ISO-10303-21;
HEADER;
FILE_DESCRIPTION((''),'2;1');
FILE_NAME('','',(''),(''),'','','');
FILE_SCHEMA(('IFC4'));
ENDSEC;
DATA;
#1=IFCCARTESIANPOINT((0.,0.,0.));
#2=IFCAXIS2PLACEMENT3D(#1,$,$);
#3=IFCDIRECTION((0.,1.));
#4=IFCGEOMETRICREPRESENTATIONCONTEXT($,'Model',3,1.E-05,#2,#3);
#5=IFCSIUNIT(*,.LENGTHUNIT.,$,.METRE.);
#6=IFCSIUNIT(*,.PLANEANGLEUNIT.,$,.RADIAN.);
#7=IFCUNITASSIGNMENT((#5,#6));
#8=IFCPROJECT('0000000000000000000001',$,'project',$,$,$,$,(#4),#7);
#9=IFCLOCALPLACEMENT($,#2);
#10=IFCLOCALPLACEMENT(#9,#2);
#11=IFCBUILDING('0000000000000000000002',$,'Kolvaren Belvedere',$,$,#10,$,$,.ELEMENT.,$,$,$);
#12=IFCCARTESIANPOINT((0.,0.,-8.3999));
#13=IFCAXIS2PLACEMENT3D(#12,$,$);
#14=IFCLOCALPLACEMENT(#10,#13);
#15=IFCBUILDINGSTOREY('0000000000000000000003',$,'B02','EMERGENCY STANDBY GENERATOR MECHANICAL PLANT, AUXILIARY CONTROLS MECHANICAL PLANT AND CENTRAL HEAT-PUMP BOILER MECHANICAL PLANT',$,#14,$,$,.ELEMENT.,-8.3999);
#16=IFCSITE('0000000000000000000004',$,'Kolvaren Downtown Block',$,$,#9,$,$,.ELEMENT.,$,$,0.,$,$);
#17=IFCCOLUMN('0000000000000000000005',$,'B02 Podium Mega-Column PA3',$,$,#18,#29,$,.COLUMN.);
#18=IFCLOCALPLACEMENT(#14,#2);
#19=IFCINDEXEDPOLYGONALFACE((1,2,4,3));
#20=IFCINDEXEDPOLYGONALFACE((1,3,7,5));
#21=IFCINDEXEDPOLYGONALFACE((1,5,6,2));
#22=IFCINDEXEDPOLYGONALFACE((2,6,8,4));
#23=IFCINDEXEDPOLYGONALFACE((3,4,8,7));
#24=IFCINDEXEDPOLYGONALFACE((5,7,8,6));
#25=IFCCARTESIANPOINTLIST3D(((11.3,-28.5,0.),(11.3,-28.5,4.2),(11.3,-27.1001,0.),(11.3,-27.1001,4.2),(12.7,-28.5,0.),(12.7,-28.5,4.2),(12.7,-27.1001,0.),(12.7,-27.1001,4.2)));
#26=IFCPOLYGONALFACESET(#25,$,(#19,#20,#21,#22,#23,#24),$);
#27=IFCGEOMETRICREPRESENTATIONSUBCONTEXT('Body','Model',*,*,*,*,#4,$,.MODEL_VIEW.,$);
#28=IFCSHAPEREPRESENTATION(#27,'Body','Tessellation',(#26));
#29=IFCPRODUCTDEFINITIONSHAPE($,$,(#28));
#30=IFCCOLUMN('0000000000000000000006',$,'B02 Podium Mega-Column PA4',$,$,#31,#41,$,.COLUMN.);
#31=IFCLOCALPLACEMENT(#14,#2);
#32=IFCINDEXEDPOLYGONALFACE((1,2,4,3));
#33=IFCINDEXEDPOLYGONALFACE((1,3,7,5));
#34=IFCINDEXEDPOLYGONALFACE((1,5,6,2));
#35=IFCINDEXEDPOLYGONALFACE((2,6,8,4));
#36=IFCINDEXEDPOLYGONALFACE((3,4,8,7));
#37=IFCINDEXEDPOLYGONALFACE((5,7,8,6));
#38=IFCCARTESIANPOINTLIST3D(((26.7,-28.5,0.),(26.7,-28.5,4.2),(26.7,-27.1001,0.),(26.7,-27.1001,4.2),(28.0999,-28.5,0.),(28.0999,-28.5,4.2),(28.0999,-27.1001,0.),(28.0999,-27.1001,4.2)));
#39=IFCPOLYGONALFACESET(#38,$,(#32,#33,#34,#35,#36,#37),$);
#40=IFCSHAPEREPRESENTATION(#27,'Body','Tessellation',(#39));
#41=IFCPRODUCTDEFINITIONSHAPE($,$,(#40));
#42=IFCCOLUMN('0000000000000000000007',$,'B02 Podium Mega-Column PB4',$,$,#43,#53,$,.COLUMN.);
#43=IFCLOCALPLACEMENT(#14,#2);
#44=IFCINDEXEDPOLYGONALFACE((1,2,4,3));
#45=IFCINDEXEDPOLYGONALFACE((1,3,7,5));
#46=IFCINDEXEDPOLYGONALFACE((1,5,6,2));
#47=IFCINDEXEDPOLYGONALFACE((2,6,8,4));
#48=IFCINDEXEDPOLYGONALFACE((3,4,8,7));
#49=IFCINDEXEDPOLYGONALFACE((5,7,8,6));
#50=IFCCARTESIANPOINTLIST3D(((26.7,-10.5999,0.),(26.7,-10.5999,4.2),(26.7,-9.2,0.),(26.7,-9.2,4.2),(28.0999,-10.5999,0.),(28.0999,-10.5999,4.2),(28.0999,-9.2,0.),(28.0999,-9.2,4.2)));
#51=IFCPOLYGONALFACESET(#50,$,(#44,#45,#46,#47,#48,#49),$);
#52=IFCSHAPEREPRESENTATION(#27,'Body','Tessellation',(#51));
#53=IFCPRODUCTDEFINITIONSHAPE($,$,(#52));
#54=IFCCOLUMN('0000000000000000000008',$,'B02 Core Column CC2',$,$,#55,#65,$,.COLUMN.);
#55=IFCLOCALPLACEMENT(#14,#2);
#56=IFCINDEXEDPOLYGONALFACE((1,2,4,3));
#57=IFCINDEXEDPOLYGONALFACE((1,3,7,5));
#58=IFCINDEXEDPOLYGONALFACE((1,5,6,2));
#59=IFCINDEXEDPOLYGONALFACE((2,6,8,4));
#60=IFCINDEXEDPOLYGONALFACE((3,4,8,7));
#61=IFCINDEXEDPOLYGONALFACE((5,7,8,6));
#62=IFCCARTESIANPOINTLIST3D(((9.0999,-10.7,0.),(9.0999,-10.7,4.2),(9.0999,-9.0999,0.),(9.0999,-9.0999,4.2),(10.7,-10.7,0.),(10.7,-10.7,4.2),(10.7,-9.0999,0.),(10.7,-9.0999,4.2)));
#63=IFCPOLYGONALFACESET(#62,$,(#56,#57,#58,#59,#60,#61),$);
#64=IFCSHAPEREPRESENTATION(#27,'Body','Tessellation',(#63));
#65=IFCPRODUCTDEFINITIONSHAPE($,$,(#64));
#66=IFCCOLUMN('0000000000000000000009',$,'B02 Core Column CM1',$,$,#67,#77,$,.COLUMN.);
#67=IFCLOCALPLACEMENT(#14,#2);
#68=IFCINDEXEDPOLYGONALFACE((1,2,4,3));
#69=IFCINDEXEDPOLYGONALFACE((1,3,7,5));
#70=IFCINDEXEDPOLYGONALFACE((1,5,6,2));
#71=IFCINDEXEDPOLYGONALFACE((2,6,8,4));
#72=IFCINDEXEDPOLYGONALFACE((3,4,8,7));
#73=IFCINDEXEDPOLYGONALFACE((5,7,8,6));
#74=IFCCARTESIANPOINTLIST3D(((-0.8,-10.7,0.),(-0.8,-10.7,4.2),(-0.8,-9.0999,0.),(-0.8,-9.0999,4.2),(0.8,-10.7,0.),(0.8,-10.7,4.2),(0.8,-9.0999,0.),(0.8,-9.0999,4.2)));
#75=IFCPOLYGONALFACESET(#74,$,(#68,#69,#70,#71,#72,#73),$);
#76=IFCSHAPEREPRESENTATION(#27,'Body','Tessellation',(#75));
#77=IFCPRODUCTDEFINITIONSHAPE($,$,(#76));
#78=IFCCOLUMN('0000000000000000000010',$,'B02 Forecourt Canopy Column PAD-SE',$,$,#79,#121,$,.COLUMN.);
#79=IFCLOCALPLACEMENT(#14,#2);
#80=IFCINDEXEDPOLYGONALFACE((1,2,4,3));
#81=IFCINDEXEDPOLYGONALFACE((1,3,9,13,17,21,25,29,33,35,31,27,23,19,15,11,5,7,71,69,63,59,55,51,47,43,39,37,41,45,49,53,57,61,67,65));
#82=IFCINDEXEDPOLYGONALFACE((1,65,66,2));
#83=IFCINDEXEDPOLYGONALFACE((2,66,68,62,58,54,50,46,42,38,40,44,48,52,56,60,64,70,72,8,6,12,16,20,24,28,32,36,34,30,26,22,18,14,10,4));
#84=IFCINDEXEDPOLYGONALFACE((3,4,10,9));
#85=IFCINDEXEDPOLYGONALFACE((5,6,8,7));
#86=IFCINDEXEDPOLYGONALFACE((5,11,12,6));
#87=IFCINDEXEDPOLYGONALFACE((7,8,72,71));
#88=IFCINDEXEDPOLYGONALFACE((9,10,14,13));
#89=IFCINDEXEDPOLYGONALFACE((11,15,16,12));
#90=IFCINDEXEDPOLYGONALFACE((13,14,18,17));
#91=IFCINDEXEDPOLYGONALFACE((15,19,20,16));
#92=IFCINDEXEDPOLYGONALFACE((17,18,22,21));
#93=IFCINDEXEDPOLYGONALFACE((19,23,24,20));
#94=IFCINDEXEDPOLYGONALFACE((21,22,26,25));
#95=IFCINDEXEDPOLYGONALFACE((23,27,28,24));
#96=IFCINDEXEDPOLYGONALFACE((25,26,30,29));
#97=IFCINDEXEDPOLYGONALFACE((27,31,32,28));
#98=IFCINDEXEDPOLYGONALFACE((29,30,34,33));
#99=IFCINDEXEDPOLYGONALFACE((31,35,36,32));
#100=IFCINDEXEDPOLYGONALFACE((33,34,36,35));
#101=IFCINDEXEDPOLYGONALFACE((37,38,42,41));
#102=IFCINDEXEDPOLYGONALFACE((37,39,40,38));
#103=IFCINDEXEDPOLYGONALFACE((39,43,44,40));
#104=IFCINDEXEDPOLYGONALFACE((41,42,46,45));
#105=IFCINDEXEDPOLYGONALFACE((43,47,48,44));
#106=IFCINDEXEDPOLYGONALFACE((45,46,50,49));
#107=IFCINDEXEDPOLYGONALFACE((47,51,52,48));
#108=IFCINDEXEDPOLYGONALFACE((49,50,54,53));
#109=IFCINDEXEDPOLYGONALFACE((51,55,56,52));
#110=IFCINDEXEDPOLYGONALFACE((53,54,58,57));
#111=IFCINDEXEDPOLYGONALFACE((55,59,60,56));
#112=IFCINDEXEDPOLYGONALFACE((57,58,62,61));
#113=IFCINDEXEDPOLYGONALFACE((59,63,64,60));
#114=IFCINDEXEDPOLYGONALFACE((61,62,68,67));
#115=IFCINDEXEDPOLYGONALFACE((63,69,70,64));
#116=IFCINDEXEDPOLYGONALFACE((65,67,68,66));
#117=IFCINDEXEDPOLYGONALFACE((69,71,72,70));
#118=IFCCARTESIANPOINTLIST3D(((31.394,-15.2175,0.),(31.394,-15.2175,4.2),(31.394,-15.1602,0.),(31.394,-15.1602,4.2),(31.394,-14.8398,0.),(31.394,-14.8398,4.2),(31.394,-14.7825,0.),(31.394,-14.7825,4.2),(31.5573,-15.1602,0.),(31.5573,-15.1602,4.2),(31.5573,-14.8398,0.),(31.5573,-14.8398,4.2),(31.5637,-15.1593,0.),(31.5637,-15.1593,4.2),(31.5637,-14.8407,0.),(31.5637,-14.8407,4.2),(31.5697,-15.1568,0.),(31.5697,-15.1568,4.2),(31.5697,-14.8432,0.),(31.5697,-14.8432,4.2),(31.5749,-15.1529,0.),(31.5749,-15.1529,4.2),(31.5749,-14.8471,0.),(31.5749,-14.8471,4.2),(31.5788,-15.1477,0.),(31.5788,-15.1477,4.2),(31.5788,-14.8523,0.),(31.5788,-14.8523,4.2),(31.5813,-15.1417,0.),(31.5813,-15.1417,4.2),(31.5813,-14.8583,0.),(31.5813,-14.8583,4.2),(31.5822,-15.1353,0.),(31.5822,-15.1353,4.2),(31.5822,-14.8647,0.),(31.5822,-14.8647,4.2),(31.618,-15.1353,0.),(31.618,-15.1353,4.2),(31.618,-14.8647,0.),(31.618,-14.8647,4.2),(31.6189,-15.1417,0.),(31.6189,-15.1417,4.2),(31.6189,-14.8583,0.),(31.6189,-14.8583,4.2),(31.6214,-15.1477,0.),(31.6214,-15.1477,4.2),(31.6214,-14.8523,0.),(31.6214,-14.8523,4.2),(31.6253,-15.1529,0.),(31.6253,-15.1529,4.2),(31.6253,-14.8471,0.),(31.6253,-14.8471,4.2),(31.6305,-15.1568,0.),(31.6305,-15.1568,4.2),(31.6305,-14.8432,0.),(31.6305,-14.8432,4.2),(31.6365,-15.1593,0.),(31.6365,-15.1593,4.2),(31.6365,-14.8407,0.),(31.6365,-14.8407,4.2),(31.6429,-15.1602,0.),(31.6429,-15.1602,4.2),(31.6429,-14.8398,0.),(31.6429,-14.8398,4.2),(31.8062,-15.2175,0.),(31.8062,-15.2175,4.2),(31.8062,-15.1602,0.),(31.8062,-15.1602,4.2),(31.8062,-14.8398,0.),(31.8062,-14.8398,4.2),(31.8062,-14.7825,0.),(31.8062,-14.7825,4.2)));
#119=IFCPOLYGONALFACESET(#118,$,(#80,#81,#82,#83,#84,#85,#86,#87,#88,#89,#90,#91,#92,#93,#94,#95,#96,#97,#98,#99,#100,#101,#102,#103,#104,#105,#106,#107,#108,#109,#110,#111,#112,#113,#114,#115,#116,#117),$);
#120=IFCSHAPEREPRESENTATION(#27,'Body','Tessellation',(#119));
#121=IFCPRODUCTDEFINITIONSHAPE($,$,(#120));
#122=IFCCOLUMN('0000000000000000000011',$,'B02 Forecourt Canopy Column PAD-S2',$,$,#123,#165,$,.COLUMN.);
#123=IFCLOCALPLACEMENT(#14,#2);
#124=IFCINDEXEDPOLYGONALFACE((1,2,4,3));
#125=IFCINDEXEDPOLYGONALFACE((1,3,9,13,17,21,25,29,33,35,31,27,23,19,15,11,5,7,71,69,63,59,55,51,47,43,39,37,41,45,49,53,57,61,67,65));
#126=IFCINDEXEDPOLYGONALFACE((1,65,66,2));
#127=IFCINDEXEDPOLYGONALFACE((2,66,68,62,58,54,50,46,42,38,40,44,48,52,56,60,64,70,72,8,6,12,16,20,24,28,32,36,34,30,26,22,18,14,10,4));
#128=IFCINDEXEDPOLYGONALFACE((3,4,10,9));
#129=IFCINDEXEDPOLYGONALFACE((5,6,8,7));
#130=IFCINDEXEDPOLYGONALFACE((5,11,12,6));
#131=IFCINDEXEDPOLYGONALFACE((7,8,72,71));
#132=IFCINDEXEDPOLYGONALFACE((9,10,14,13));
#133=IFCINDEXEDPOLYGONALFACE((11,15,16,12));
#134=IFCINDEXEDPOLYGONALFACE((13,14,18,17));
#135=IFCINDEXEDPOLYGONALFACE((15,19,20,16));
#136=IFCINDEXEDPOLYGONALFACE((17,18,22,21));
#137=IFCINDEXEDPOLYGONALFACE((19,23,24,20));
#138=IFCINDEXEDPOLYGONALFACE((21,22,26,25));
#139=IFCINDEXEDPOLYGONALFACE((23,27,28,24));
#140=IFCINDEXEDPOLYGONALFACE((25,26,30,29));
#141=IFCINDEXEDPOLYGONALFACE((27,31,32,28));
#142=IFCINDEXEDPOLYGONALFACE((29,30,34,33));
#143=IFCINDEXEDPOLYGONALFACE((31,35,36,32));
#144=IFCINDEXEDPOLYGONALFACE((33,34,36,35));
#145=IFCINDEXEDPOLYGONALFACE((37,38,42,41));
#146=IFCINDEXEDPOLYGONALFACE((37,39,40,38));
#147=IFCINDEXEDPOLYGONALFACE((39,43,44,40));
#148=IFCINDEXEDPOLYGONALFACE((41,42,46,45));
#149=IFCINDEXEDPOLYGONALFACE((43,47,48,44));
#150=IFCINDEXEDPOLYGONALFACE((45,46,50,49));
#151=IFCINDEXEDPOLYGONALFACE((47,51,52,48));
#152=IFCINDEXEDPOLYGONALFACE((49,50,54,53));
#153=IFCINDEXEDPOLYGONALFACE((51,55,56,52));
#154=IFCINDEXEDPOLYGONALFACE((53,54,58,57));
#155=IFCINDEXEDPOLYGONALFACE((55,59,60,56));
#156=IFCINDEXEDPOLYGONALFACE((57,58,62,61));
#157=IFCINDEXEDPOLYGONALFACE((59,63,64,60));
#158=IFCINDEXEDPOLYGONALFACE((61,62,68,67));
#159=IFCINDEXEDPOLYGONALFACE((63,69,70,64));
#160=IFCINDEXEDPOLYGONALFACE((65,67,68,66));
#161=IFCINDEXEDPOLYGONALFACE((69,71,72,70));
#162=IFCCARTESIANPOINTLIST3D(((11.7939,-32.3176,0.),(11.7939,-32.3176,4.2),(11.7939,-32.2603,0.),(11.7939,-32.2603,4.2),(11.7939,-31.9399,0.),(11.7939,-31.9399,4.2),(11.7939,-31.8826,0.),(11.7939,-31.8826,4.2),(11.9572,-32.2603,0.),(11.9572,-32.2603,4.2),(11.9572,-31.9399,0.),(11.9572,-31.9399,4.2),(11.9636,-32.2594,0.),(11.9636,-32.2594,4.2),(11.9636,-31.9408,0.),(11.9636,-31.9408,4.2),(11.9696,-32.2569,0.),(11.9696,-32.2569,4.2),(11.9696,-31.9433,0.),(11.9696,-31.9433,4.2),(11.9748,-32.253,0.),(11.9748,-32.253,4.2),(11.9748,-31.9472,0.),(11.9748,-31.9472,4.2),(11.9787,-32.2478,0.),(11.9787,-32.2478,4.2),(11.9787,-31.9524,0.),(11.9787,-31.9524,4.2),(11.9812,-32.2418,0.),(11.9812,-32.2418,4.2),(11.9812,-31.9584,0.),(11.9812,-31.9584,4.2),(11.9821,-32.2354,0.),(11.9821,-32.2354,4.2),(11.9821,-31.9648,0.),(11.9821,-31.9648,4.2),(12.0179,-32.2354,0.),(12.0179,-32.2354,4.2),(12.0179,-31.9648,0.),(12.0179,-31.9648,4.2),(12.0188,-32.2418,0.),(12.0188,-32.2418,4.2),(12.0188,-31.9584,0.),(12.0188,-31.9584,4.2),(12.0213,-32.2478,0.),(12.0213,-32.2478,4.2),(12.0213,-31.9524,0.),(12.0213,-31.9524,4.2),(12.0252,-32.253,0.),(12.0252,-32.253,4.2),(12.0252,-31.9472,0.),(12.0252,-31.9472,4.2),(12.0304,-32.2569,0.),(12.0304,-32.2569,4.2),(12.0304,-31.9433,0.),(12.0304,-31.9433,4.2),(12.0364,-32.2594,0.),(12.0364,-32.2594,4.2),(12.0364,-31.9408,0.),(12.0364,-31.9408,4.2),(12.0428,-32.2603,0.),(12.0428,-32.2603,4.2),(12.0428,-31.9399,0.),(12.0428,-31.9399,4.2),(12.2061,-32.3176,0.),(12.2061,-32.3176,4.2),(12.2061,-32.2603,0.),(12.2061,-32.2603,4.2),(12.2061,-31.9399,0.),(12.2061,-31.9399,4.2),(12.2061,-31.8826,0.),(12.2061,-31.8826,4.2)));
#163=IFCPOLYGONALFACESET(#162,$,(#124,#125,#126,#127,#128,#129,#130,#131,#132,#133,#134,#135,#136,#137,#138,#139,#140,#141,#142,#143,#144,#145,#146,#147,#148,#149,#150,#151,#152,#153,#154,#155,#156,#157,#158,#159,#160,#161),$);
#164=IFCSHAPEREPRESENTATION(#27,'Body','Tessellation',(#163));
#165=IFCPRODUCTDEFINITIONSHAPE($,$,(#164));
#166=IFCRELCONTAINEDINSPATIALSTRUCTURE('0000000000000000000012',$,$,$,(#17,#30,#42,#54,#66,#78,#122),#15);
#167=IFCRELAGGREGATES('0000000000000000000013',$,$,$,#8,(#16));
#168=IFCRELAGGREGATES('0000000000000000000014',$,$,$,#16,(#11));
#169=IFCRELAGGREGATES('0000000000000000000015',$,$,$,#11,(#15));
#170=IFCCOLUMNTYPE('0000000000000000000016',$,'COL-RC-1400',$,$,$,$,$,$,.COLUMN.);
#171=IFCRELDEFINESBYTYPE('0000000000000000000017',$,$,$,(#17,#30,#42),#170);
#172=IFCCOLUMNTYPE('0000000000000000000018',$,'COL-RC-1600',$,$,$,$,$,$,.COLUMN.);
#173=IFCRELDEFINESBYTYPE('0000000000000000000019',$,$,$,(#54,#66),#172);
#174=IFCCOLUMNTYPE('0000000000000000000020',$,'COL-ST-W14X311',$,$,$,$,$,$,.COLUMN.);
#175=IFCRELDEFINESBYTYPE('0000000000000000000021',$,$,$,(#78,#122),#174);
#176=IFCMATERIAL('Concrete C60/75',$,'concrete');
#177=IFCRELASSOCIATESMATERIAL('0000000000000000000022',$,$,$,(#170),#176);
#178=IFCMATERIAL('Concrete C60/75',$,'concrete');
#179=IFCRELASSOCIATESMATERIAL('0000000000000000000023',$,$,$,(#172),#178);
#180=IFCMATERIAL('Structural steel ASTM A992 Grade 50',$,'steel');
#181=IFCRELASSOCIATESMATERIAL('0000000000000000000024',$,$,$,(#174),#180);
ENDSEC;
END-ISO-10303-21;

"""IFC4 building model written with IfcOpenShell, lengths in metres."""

from ifc_helpers import new_model, si_unit, direction, frame, origin, origin_2d, place, context, subcontext, project, spatial, rectangle, i_section, extrude, material, material_profile, profile_set, type_object, element, save


model = new_model("IFC4")

# Units and contexts
model_context = context("Model", 3, precision=1e-05, world=origin(), true_north=direction((0.0, 1.0)))
body_context = subcontext(model_context, "Body", "Model", "MODEL_VIEW")
ifc_project = project(units=[si_unit("LENGTHUNIT", "METRE"), si_unit("PLANEANGLEUNIT", "RADIAN")], contexts=[model_context])

# Site, building, storey
site_placement = place(None, origin())
site = spatial("IfcSite", under=ifc_project, at=site_placement, Name="Kolvaren Downtown Block", CompositionType="ELEMENT", RefElevation=0.0)
building_placement = place(site_placement, origin())
building = spatial("IfcBuilding", under=site, at=building_placement, Name="Kolvaren Belvedere", CompositionType="ELEMENT")
storey_placement = place(building_placement, frame((0.0, 0.0, -8.3999)))
storey = spatial("IfcBuildingStorey", under=building, at=storey_placement, Name="B02", Description="EMERGENCY STANDBY GENERATOR MECHANICAL PLANT, AUXILIARY CONTROLS MECHANICAL PLANT AND CENTRAL HEAT-PUMP BOILER MECHANICAL PLANT", CompositionType="ELEMENT", Elevation=-8.3999)

# Columns
ifc_material_1 = material(Name="Concrete C60/75", Category="concrete")
ifc_material_profile_1 = material_profile(ifc_material_1, rectangle(XDim=1.3999, YDim=1.3999, at=origin_2d()), Name="RC 1400X1400")
ifc_profile_set_1 = profile_set([ifc_material_profile_1], Name="Concrete C60/75")
column_type_1 = type_object("IfcColumnType", Name="COL-RC-1400", PredefinedType="COLUMN", material=ifc_profile_set_1)
for number, where, z_axis, x_axis, name in (
    (1, (12.0, -27.8, 0.0), (0.0, 0.0, 1.0), (1.0, 0.0, 0.0), "B02 Podium Mega-Column PA3"),
    (2, (27.3999, -27.8, 0.0), (0.0, 0.0, 1.0), (1.0, 0.0, 0.0), "B02 Podium Mega-Column PA4"),
    (3, (27.3999, -9.8999, 0.0), (0.0, 0.0, 1.0), (1.0, 0.0, 0.0), "B02 Podium Mega-Column PB4"),
):
    element("IfcColumn", number, at=place(storey_placement, frame(where, z_axis=z_axis, x_axis=x_axis)), inside=storey, type_object=column_type_1, Name=name, PredefinedType="COLUMN", context=body_context, shape_type="SweptSolid", body=[
        extrude(rectangle(XDim=1.3999, YDim=1.3999, at=origin_2d()), origin(), (0.0, 0.0, 1.0), 4.2),
    ])
ifc_material_2 = material(Name="Concrete C60/75", Category="concrete")
ifc_material_profile_2 = material_profile(ifc_material_2, rectangle(XDim=1.6001, YDim=1.6001, at=origin_2d()), Name="RC 1600X1600")
ifc_profile_set_2 = profile_set([ifc_material_profile_2], Name="Concrete C60/75")
column_type_2 = type_object("IfcColumnType", Name="COL-RC-1600", PredefinedType="COLUMN", material=ifc_profile_set_2)
for number, where, z_axis, x_axis, name in (
    (4, (9.8999, -9.8999, 0.0), (0.0, 0.0, 1.0), (1.0, 0.0, 0.0), "B02 Core Column CC2"),
    (5, (0.0, -9.8999, 0.0), (0.0, 0.0, 1.0), (1.0, 0.0, 0.0), "B02 Core Column CM1"),
):
    element("IfcColumn", number, at=place(storey_placement, frame(where, z_axis=z_axis, x_axis=x_axis)), inside=storey, type_object=column_type_2, Name=name, PredefinedType="COLUMN", context=body_context, shape_type="SweptSolid", body=[
        extrude(rectangle(XDim=1.6001, YDim=1.6001, at=origin_2d()), origin(), (0.0, 0.0, 1.0), 4.2),
    ])
ifc_material_3 = material(Name="Structural steel ASTM A992 Grade 50", Category="steel")
ifc_material_profile_3 = material_profile(ifc_material_3, i_section(OverallWidth=0.4121, OverallDepth=0.4351, WebThickness=0.0359, FlangeThickness=0.0574, FilletRadius=0.0249, at=origin_2d()), Name="W14X311")
ifc_profile_set_3 = profile_set([ifc_material_profile_3], Name="Structural steel ASTM A992 Grade 50")
column_type_3 = type_object("IfcColumnType", Name="COL-ST-W14X311", PredefinedType="COLUMN", material=ifc_profile_set_3)
for number, where, z_axis, x_axis, name in (
    (6, (31.6001, -15.0, 0.0), (0.0, 0.0, 1.0), (1.0, 0.0, 0.0), "B02 Forecourt Canopy Column PAD-SE"),
    (7, (12.0, -32.1001, 0.0), (0.0, 0.0, 1.0), (1.0, 0.0, 0.0), "B02 Forecourt Canopy Column PAD-S2"),
):
    element("IfcColumn", number, at=place(storey_placement, frame(where, z_axis=z_axis, x_axis=x_axis)), inside=storey, type_object=column_type_3, Name=name, PredefinedType="COLUMN", context=body_context, shape_type="SweptSolid", body=[
        extrude(i_section(OverallWidth=0.4121, OverallDepth=0.4351, WebThickness=0.0359, FlangeThickness=0.0574, FilletRadius=0.0249, at=origin_2d()), origin(), (0.0, 0.0, 1.0), 4.2),
    ])

save(model, "model.ifc")
